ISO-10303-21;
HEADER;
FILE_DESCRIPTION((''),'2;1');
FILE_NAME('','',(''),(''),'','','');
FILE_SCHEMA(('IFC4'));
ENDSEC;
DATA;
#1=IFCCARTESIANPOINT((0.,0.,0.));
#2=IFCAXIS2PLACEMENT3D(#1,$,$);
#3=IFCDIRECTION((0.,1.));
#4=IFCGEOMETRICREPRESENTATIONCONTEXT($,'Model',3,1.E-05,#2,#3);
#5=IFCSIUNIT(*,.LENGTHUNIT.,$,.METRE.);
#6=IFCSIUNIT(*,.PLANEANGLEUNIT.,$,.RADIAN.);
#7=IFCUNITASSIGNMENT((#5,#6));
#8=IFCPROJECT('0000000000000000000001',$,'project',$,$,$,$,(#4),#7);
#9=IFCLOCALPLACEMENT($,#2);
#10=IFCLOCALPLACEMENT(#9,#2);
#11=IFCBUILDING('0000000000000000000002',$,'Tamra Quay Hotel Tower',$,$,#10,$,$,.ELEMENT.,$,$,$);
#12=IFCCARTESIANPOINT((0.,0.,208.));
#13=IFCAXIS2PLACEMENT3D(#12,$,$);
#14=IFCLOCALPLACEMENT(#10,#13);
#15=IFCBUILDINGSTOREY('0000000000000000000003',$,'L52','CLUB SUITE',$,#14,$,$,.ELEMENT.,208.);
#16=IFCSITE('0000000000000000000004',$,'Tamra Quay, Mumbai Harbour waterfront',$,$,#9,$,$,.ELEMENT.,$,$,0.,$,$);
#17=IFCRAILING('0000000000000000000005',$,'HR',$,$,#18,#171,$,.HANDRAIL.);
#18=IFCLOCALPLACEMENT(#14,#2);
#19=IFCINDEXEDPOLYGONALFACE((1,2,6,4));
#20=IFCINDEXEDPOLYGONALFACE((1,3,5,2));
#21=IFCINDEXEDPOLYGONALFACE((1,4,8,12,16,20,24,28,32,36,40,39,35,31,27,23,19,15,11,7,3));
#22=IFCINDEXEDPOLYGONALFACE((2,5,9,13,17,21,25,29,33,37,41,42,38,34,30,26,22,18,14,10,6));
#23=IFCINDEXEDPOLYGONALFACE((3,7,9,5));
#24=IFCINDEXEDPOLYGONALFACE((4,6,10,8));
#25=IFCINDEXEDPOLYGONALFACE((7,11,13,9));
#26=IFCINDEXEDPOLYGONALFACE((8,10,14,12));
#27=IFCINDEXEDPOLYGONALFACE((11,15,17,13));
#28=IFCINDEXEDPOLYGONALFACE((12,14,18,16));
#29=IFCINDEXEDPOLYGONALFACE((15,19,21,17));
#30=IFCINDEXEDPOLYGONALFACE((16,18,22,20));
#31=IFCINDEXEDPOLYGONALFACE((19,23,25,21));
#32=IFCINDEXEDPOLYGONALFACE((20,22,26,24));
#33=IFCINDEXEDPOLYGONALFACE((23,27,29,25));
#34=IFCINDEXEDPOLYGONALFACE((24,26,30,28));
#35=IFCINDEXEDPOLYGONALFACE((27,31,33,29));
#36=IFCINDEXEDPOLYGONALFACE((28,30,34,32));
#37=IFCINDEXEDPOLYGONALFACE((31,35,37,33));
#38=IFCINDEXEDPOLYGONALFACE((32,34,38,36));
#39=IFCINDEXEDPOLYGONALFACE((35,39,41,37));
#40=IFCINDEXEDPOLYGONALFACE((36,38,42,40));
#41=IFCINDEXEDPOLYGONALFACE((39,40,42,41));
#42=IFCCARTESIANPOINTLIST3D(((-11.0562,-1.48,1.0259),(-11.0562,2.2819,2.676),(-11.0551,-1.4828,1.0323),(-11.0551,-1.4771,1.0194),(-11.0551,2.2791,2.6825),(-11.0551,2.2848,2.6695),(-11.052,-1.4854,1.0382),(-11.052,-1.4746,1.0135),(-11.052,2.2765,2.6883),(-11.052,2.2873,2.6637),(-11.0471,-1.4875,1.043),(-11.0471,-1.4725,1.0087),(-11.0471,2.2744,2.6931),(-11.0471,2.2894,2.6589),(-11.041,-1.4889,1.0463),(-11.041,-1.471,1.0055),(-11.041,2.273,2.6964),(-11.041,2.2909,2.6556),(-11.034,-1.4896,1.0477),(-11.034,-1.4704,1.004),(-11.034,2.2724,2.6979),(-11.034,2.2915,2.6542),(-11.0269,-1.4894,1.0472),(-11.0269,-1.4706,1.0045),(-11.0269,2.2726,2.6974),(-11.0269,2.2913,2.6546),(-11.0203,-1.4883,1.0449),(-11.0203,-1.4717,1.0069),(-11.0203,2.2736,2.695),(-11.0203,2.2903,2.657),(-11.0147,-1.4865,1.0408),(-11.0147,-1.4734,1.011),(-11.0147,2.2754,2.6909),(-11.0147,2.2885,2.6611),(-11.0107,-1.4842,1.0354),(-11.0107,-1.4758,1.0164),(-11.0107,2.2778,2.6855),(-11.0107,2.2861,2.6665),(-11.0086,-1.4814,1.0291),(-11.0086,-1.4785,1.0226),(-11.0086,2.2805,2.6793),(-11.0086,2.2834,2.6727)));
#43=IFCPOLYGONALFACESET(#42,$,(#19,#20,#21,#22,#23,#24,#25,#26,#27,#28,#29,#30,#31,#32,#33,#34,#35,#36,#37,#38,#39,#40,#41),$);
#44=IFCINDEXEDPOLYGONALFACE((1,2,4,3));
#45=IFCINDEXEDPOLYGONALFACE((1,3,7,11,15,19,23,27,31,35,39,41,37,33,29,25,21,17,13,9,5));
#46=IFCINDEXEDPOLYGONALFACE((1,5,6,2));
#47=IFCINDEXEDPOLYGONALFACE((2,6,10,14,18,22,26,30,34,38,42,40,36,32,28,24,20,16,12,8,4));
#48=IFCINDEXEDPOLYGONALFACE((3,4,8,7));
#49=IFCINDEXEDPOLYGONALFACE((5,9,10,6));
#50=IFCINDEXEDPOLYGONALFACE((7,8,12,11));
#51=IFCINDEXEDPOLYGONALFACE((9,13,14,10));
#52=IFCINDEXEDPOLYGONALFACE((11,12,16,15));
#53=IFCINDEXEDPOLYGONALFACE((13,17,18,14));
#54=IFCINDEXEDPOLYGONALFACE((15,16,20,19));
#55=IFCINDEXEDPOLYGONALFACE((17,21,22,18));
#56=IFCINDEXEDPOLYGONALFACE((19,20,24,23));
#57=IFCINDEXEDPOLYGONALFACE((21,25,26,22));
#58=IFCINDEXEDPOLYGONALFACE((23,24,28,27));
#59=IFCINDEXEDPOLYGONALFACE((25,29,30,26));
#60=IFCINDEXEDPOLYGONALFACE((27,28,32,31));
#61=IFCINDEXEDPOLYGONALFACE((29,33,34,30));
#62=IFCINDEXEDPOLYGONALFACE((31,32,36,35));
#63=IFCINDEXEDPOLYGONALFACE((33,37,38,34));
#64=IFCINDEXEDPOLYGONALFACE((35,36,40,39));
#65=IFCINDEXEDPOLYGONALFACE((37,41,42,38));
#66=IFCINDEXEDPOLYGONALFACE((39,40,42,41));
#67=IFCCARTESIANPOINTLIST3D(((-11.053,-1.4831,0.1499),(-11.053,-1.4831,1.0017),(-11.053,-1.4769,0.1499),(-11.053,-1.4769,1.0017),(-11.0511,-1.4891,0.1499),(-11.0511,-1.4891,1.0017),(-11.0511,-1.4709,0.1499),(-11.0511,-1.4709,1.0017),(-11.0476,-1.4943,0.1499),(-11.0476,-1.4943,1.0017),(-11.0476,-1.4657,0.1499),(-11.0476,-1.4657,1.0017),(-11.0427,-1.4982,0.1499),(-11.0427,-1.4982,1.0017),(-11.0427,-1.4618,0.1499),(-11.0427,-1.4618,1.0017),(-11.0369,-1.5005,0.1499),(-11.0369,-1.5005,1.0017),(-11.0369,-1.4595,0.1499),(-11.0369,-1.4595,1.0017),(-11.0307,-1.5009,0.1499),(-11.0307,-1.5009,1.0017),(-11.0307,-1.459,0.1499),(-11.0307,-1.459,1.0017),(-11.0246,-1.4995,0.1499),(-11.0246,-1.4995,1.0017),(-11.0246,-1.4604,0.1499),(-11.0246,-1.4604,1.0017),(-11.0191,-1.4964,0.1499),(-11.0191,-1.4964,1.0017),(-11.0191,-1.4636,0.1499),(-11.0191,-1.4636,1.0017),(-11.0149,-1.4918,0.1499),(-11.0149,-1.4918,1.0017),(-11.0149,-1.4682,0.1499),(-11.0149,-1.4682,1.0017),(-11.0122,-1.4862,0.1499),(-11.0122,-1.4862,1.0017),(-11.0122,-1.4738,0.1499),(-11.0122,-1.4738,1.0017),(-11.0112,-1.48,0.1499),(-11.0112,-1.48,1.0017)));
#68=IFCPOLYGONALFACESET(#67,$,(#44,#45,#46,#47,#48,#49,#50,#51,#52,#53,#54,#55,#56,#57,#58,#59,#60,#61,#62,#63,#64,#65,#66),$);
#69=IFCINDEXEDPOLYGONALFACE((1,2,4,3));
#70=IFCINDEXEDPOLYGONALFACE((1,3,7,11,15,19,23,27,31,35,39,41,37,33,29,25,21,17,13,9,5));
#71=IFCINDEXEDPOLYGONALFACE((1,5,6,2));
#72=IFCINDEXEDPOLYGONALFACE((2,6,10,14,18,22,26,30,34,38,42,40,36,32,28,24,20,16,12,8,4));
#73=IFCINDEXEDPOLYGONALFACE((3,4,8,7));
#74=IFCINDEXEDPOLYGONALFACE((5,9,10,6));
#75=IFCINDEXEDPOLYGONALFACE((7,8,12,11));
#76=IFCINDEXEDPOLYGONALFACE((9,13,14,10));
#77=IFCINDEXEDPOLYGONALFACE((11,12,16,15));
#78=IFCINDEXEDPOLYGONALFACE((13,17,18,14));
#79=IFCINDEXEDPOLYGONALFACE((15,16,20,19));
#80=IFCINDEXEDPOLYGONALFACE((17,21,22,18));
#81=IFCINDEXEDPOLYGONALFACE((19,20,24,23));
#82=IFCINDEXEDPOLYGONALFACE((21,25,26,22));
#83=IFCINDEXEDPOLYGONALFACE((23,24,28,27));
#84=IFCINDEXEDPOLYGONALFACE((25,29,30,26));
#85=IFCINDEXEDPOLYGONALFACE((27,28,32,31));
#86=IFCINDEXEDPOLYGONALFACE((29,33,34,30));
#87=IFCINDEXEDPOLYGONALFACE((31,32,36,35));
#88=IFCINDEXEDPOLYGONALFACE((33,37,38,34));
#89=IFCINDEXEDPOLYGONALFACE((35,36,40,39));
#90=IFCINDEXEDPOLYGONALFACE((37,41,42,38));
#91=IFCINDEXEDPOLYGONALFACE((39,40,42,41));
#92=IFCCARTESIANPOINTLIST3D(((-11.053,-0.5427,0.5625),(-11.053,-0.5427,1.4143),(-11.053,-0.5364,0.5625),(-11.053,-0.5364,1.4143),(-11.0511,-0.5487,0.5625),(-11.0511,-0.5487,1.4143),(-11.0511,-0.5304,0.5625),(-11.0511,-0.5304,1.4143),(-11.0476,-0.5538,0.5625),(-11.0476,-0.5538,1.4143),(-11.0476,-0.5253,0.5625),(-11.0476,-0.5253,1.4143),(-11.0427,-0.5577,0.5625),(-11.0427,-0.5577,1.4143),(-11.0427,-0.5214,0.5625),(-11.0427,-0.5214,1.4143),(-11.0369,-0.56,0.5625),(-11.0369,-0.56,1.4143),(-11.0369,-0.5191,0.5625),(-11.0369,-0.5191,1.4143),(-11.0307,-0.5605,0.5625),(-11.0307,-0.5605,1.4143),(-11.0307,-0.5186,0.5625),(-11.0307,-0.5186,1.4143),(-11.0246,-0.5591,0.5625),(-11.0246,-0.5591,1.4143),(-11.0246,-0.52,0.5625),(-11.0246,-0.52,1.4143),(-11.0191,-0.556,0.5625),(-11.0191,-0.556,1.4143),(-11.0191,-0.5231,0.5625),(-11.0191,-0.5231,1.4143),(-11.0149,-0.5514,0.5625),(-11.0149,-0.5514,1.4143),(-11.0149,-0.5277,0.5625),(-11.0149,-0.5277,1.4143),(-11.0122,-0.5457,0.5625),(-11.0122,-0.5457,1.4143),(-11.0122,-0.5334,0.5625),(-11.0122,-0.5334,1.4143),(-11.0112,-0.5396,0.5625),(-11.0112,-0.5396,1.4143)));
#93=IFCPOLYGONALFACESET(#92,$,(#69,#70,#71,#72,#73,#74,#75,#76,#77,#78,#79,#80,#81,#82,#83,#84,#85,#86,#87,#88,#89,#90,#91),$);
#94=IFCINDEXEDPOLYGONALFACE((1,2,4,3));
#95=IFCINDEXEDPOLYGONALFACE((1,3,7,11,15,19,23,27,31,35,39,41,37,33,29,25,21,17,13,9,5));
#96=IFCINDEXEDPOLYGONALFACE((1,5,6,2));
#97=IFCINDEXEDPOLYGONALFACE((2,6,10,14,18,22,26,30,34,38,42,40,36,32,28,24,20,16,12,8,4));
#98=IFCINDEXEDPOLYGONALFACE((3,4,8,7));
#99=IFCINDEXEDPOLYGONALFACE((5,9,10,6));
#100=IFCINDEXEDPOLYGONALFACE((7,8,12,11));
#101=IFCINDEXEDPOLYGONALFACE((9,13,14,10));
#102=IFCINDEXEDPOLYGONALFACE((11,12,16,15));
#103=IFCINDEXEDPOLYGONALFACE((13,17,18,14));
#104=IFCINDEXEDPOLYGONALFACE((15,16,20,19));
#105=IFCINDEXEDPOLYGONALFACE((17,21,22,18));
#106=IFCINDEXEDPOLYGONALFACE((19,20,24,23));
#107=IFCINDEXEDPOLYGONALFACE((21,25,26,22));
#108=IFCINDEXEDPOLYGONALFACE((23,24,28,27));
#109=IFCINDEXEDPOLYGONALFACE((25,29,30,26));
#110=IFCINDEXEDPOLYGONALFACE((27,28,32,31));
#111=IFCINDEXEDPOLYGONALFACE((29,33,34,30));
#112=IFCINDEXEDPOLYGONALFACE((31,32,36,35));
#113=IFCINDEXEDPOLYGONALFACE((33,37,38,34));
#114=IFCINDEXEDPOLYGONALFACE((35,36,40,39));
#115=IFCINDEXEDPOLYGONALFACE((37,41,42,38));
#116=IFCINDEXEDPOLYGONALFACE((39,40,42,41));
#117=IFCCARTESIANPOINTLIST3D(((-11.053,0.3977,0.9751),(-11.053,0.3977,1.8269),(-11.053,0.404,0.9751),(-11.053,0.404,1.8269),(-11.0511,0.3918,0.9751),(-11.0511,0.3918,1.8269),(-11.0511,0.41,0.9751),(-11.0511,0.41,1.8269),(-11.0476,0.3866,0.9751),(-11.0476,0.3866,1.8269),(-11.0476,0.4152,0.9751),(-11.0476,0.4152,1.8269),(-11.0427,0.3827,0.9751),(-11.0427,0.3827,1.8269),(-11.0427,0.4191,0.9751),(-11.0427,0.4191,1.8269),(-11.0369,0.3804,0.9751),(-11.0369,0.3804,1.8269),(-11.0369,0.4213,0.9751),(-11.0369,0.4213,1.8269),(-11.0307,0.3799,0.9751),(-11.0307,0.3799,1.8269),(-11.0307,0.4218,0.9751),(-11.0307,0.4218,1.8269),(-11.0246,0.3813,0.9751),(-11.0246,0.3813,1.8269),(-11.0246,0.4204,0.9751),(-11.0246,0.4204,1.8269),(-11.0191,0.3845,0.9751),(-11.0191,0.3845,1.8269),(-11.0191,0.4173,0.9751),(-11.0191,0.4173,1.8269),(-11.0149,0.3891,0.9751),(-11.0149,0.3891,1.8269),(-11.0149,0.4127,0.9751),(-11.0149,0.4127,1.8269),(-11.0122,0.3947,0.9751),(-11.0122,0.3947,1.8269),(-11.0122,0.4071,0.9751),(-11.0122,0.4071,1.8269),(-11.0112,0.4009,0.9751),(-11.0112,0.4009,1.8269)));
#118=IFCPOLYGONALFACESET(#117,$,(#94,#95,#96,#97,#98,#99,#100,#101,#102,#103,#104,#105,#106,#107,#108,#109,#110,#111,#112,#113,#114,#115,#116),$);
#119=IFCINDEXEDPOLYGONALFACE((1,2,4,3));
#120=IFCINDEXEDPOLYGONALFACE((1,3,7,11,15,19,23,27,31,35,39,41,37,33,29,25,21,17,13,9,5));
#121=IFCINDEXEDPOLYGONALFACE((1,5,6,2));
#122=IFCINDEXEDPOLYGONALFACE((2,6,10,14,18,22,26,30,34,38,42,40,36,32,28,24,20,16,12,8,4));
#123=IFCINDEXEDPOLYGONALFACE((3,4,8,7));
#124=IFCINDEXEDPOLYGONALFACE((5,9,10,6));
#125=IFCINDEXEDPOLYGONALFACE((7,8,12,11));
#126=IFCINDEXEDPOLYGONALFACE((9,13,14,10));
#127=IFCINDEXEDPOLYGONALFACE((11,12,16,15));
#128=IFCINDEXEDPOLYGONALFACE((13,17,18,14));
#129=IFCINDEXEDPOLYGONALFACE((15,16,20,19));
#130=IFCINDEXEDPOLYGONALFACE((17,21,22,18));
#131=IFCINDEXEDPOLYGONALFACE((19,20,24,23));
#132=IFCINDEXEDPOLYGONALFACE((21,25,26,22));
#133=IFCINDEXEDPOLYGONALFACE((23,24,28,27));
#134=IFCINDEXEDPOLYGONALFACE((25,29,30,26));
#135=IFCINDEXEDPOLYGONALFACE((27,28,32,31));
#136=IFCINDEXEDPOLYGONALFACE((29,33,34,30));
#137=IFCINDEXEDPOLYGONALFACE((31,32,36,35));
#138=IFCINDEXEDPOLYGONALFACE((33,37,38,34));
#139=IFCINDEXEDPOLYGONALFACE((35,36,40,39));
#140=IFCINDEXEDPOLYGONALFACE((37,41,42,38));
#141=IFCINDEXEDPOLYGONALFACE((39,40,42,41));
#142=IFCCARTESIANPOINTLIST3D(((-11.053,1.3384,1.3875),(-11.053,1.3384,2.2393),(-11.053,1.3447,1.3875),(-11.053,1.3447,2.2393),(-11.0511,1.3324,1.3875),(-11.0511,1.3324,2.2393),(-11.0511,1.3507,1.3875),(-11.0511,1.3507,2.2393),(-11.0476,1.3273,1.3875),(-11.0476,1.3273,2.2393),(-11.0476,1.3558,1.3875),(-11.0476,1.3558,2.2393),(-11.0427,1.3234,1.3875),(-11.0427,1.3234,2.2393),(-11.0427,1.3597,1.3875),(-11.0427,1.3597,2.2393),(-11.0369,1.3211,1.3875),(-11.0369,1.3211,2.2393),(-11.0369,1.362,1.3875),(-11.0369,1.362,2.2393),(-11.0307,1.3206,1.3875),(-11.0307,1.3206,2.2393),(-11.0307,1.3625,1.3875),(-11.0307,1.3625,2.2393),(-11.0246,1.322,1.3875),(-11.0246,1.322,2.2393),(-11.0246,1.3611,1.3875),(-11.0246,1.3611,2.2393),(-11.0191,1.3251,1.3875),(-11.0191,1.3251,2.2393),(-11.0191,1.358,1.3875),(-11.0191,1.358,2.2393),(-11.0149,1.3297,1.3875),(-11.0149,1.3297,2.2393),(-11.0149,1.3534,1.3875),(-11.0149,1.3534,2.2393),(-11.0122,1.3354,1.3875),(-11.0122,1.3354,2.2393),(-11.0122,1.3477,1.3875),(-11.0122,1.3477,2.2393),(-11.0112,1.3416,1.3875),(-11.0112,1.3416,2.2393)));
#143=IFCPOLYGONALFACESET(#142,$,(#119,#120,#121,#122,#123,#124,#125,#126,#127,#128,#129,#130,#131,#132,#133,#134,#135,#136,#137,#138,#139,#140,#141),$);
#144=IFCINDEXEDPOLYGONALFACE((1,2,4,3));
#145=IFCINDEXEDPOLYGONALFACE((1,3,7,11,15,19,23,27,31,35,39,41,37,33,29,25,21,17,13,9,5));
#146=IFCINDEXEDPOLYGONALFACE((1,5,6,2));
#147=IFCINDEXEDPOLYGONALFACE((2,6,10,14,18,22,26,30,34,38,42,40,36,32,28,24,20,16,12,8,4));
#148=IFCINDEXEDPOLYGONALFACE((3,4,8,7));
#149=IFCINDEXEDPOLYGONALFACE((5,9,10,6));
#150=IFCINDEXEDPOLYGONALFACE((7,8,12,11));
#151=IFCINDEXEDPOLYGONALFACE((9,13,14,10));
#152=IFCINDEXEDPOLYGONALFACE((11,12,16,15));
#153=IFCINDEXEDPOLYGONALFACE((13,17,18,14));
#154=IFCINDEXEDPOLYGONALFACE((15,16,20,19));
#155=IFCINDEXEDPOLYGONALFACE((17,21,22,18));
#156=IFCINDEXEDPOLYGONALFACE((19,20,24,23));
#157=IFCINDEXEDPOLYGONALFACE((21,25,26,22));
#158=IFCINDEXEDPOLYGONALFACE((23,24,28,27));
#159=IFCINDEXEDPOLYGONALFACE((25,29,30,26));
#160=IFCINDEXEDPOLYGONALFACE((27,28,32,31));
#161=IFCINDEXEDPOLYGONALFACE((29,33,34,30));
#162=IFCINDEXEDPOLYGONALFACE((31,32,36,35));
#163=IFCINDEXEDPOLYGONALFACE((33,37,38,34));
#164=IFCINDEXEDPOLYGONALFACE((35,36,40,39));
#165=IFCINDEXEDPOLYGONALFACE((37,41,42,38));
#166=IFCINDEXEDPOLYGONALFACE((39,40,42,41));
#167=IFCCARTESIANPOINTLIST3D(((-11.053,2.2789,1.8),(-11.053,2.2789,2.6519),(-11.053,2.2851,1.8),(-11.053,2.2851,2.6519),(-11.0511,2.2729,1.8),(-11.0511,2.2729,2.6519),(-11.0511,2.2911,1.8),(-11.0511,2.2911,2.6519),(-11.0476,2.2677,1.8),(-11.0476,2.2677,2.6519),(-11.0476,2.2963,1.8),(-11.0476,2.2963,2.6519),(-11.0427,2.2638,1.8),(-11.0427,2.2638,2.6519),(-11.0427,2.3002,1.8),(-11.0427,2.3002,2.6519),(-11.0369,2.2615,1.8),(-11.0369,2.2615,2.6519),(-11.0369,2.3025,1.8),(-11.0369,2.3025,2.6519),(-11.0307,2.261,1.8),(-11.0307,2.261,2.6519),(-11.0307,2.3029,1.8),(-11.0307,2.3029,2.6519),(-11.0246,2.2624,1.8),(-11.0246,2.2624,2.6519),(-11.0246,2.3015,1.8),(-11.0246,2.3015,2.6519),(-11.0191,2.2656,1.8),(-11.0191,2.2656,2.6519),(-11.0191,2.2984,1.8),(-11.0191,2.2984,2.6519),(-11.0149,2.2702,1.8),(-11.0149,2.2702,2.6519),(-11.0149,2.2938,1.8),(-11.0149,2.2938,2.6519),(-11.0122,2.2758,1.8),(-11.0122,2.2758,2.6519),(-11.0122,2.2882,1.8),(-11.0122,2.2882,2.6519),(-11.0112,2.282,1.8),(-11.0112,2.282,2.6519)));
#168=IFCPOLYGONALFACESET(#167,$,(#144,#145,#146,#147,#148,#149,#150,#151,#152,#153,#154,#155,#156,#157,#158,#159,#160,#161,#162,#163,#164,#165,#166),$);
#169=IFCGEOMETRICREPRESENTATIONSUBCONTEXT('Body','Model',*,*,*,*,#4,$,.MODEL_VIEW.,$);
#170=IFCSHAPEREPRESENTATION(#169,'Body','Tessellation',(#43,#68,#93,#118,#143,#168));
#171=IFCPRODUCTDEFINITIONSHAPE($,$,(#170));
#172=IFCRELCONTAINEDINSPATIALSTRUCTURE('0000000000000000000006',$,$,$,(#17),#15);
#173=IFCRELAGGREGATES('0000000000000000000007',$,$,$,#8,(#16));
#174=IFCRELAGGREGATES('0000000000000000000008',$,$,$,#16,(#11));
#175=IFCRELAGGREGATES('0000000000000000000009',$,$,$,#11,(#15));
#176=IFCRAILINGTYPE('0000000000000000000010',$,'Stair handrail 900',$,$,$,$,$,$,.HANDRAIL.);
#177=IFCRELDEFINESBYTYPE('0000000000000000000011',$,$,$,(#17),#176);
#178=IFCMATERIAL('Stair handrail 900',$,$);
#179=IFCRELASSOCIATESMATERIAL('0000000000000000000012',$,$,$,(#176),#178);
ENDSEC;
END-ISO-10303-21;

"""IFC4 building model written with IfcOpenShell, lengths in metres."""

from ifc_helpers import new_model, si_unit, direction, frame, origin, origin_2d, place, context, subcontext, project, spatial, circle, extrude, material, type_object, element, save


model = new_model("IFC4")

# Units and contexts
model_context = context("Model", 3, precision=1e-05, world=origin(), true_north=direction((0.0, 1.0)))
body_context = subcontext(model_context, "Body", "Model", "MODEL_VIEW")
ifc_project = project(units=[si_unit("LENGTHUNIT", "METRE"), si_unit("PLANEANGLEUNIT", "RADIAN")], contexts=[model_context])

# Site, building, storey
site_placement = place(None, origin())
site = spatial("IfcSite", under=ifc_project, at=site_placement, Name="Tamra Quay, Mumbai Harbour waterfront", CompositionType="ELEMENT", RefElevation=0.0)
building_placement = place(site_placement, origin())
building = spatial("IfcBuilding", under=site, at=building_placement, Name="Tamra Quay Hotel Tower", CompositionType="ELEMENT")
storey_placement = place(building_placement, frame((0.0, 0.0, 208.0)))
storey = spatial("IfcBuildingStorey", under=building, at=storey_placement, Name="L52", Description="CLUB SUITE", CompositionType="ELEMENT", Elevation=208.0)

# Railing
ifc_material_1 = material(Name="Stair handrail 900")
railing_type = type_object("IfcRailingType", Name="Stair handrail 900", PredefinedType="HANDRAIL", material=ifc_material_1)
railing_placement = place(storey_placement, frame((-11.0322, -1.48, 0.1499)))
element("IfcRailing", 1, at=railing_placement, inside=storey, type_object=railing_type, Name="HR", PredefinedType="HANDRAIL", context=body_context, shape_type="SweptSolid", body=[
    extrude(circle(Radius=0.0239, at=origin_2d()), frame((0.0, 0.0, 0.876), z_axis=(0.0, 0.915774, 0.401695), x_axis=(-1.0, 0.0, 0.0)), (0.0, 0.0, 1.0), 4.1079),
    extrude(circle(Radius=0.021, at=origin_2d()), origin(), (0.0, 0.0, 1.0), 0.8518),
    extrude(circle(Radius=0.021, at=origin_2d()), frame((0.0, 0.9404, 0.4126)), (0.0, 0.0, 1.0), 0.8518),
    extrude(circle(Radius=0.021, at=origin_2d()), frame((0.0, 1.8809, 0.8252)), (0.0, 0.0, 1.0), 0.8518),
    extrude(circle(Radius=0.021, at=origin_2d()), frame((0.0, 2.8215, 1.2375)), (0.0, 0.0, 1.0), 0.8518),
    extrude(circle(Radius=0.021, at=origin_2d()), frame((0.0, 3.762, 1.6501)), (0.0, 0.0, 1.0), 0.8518),
])

save(model, "model.ifc")
